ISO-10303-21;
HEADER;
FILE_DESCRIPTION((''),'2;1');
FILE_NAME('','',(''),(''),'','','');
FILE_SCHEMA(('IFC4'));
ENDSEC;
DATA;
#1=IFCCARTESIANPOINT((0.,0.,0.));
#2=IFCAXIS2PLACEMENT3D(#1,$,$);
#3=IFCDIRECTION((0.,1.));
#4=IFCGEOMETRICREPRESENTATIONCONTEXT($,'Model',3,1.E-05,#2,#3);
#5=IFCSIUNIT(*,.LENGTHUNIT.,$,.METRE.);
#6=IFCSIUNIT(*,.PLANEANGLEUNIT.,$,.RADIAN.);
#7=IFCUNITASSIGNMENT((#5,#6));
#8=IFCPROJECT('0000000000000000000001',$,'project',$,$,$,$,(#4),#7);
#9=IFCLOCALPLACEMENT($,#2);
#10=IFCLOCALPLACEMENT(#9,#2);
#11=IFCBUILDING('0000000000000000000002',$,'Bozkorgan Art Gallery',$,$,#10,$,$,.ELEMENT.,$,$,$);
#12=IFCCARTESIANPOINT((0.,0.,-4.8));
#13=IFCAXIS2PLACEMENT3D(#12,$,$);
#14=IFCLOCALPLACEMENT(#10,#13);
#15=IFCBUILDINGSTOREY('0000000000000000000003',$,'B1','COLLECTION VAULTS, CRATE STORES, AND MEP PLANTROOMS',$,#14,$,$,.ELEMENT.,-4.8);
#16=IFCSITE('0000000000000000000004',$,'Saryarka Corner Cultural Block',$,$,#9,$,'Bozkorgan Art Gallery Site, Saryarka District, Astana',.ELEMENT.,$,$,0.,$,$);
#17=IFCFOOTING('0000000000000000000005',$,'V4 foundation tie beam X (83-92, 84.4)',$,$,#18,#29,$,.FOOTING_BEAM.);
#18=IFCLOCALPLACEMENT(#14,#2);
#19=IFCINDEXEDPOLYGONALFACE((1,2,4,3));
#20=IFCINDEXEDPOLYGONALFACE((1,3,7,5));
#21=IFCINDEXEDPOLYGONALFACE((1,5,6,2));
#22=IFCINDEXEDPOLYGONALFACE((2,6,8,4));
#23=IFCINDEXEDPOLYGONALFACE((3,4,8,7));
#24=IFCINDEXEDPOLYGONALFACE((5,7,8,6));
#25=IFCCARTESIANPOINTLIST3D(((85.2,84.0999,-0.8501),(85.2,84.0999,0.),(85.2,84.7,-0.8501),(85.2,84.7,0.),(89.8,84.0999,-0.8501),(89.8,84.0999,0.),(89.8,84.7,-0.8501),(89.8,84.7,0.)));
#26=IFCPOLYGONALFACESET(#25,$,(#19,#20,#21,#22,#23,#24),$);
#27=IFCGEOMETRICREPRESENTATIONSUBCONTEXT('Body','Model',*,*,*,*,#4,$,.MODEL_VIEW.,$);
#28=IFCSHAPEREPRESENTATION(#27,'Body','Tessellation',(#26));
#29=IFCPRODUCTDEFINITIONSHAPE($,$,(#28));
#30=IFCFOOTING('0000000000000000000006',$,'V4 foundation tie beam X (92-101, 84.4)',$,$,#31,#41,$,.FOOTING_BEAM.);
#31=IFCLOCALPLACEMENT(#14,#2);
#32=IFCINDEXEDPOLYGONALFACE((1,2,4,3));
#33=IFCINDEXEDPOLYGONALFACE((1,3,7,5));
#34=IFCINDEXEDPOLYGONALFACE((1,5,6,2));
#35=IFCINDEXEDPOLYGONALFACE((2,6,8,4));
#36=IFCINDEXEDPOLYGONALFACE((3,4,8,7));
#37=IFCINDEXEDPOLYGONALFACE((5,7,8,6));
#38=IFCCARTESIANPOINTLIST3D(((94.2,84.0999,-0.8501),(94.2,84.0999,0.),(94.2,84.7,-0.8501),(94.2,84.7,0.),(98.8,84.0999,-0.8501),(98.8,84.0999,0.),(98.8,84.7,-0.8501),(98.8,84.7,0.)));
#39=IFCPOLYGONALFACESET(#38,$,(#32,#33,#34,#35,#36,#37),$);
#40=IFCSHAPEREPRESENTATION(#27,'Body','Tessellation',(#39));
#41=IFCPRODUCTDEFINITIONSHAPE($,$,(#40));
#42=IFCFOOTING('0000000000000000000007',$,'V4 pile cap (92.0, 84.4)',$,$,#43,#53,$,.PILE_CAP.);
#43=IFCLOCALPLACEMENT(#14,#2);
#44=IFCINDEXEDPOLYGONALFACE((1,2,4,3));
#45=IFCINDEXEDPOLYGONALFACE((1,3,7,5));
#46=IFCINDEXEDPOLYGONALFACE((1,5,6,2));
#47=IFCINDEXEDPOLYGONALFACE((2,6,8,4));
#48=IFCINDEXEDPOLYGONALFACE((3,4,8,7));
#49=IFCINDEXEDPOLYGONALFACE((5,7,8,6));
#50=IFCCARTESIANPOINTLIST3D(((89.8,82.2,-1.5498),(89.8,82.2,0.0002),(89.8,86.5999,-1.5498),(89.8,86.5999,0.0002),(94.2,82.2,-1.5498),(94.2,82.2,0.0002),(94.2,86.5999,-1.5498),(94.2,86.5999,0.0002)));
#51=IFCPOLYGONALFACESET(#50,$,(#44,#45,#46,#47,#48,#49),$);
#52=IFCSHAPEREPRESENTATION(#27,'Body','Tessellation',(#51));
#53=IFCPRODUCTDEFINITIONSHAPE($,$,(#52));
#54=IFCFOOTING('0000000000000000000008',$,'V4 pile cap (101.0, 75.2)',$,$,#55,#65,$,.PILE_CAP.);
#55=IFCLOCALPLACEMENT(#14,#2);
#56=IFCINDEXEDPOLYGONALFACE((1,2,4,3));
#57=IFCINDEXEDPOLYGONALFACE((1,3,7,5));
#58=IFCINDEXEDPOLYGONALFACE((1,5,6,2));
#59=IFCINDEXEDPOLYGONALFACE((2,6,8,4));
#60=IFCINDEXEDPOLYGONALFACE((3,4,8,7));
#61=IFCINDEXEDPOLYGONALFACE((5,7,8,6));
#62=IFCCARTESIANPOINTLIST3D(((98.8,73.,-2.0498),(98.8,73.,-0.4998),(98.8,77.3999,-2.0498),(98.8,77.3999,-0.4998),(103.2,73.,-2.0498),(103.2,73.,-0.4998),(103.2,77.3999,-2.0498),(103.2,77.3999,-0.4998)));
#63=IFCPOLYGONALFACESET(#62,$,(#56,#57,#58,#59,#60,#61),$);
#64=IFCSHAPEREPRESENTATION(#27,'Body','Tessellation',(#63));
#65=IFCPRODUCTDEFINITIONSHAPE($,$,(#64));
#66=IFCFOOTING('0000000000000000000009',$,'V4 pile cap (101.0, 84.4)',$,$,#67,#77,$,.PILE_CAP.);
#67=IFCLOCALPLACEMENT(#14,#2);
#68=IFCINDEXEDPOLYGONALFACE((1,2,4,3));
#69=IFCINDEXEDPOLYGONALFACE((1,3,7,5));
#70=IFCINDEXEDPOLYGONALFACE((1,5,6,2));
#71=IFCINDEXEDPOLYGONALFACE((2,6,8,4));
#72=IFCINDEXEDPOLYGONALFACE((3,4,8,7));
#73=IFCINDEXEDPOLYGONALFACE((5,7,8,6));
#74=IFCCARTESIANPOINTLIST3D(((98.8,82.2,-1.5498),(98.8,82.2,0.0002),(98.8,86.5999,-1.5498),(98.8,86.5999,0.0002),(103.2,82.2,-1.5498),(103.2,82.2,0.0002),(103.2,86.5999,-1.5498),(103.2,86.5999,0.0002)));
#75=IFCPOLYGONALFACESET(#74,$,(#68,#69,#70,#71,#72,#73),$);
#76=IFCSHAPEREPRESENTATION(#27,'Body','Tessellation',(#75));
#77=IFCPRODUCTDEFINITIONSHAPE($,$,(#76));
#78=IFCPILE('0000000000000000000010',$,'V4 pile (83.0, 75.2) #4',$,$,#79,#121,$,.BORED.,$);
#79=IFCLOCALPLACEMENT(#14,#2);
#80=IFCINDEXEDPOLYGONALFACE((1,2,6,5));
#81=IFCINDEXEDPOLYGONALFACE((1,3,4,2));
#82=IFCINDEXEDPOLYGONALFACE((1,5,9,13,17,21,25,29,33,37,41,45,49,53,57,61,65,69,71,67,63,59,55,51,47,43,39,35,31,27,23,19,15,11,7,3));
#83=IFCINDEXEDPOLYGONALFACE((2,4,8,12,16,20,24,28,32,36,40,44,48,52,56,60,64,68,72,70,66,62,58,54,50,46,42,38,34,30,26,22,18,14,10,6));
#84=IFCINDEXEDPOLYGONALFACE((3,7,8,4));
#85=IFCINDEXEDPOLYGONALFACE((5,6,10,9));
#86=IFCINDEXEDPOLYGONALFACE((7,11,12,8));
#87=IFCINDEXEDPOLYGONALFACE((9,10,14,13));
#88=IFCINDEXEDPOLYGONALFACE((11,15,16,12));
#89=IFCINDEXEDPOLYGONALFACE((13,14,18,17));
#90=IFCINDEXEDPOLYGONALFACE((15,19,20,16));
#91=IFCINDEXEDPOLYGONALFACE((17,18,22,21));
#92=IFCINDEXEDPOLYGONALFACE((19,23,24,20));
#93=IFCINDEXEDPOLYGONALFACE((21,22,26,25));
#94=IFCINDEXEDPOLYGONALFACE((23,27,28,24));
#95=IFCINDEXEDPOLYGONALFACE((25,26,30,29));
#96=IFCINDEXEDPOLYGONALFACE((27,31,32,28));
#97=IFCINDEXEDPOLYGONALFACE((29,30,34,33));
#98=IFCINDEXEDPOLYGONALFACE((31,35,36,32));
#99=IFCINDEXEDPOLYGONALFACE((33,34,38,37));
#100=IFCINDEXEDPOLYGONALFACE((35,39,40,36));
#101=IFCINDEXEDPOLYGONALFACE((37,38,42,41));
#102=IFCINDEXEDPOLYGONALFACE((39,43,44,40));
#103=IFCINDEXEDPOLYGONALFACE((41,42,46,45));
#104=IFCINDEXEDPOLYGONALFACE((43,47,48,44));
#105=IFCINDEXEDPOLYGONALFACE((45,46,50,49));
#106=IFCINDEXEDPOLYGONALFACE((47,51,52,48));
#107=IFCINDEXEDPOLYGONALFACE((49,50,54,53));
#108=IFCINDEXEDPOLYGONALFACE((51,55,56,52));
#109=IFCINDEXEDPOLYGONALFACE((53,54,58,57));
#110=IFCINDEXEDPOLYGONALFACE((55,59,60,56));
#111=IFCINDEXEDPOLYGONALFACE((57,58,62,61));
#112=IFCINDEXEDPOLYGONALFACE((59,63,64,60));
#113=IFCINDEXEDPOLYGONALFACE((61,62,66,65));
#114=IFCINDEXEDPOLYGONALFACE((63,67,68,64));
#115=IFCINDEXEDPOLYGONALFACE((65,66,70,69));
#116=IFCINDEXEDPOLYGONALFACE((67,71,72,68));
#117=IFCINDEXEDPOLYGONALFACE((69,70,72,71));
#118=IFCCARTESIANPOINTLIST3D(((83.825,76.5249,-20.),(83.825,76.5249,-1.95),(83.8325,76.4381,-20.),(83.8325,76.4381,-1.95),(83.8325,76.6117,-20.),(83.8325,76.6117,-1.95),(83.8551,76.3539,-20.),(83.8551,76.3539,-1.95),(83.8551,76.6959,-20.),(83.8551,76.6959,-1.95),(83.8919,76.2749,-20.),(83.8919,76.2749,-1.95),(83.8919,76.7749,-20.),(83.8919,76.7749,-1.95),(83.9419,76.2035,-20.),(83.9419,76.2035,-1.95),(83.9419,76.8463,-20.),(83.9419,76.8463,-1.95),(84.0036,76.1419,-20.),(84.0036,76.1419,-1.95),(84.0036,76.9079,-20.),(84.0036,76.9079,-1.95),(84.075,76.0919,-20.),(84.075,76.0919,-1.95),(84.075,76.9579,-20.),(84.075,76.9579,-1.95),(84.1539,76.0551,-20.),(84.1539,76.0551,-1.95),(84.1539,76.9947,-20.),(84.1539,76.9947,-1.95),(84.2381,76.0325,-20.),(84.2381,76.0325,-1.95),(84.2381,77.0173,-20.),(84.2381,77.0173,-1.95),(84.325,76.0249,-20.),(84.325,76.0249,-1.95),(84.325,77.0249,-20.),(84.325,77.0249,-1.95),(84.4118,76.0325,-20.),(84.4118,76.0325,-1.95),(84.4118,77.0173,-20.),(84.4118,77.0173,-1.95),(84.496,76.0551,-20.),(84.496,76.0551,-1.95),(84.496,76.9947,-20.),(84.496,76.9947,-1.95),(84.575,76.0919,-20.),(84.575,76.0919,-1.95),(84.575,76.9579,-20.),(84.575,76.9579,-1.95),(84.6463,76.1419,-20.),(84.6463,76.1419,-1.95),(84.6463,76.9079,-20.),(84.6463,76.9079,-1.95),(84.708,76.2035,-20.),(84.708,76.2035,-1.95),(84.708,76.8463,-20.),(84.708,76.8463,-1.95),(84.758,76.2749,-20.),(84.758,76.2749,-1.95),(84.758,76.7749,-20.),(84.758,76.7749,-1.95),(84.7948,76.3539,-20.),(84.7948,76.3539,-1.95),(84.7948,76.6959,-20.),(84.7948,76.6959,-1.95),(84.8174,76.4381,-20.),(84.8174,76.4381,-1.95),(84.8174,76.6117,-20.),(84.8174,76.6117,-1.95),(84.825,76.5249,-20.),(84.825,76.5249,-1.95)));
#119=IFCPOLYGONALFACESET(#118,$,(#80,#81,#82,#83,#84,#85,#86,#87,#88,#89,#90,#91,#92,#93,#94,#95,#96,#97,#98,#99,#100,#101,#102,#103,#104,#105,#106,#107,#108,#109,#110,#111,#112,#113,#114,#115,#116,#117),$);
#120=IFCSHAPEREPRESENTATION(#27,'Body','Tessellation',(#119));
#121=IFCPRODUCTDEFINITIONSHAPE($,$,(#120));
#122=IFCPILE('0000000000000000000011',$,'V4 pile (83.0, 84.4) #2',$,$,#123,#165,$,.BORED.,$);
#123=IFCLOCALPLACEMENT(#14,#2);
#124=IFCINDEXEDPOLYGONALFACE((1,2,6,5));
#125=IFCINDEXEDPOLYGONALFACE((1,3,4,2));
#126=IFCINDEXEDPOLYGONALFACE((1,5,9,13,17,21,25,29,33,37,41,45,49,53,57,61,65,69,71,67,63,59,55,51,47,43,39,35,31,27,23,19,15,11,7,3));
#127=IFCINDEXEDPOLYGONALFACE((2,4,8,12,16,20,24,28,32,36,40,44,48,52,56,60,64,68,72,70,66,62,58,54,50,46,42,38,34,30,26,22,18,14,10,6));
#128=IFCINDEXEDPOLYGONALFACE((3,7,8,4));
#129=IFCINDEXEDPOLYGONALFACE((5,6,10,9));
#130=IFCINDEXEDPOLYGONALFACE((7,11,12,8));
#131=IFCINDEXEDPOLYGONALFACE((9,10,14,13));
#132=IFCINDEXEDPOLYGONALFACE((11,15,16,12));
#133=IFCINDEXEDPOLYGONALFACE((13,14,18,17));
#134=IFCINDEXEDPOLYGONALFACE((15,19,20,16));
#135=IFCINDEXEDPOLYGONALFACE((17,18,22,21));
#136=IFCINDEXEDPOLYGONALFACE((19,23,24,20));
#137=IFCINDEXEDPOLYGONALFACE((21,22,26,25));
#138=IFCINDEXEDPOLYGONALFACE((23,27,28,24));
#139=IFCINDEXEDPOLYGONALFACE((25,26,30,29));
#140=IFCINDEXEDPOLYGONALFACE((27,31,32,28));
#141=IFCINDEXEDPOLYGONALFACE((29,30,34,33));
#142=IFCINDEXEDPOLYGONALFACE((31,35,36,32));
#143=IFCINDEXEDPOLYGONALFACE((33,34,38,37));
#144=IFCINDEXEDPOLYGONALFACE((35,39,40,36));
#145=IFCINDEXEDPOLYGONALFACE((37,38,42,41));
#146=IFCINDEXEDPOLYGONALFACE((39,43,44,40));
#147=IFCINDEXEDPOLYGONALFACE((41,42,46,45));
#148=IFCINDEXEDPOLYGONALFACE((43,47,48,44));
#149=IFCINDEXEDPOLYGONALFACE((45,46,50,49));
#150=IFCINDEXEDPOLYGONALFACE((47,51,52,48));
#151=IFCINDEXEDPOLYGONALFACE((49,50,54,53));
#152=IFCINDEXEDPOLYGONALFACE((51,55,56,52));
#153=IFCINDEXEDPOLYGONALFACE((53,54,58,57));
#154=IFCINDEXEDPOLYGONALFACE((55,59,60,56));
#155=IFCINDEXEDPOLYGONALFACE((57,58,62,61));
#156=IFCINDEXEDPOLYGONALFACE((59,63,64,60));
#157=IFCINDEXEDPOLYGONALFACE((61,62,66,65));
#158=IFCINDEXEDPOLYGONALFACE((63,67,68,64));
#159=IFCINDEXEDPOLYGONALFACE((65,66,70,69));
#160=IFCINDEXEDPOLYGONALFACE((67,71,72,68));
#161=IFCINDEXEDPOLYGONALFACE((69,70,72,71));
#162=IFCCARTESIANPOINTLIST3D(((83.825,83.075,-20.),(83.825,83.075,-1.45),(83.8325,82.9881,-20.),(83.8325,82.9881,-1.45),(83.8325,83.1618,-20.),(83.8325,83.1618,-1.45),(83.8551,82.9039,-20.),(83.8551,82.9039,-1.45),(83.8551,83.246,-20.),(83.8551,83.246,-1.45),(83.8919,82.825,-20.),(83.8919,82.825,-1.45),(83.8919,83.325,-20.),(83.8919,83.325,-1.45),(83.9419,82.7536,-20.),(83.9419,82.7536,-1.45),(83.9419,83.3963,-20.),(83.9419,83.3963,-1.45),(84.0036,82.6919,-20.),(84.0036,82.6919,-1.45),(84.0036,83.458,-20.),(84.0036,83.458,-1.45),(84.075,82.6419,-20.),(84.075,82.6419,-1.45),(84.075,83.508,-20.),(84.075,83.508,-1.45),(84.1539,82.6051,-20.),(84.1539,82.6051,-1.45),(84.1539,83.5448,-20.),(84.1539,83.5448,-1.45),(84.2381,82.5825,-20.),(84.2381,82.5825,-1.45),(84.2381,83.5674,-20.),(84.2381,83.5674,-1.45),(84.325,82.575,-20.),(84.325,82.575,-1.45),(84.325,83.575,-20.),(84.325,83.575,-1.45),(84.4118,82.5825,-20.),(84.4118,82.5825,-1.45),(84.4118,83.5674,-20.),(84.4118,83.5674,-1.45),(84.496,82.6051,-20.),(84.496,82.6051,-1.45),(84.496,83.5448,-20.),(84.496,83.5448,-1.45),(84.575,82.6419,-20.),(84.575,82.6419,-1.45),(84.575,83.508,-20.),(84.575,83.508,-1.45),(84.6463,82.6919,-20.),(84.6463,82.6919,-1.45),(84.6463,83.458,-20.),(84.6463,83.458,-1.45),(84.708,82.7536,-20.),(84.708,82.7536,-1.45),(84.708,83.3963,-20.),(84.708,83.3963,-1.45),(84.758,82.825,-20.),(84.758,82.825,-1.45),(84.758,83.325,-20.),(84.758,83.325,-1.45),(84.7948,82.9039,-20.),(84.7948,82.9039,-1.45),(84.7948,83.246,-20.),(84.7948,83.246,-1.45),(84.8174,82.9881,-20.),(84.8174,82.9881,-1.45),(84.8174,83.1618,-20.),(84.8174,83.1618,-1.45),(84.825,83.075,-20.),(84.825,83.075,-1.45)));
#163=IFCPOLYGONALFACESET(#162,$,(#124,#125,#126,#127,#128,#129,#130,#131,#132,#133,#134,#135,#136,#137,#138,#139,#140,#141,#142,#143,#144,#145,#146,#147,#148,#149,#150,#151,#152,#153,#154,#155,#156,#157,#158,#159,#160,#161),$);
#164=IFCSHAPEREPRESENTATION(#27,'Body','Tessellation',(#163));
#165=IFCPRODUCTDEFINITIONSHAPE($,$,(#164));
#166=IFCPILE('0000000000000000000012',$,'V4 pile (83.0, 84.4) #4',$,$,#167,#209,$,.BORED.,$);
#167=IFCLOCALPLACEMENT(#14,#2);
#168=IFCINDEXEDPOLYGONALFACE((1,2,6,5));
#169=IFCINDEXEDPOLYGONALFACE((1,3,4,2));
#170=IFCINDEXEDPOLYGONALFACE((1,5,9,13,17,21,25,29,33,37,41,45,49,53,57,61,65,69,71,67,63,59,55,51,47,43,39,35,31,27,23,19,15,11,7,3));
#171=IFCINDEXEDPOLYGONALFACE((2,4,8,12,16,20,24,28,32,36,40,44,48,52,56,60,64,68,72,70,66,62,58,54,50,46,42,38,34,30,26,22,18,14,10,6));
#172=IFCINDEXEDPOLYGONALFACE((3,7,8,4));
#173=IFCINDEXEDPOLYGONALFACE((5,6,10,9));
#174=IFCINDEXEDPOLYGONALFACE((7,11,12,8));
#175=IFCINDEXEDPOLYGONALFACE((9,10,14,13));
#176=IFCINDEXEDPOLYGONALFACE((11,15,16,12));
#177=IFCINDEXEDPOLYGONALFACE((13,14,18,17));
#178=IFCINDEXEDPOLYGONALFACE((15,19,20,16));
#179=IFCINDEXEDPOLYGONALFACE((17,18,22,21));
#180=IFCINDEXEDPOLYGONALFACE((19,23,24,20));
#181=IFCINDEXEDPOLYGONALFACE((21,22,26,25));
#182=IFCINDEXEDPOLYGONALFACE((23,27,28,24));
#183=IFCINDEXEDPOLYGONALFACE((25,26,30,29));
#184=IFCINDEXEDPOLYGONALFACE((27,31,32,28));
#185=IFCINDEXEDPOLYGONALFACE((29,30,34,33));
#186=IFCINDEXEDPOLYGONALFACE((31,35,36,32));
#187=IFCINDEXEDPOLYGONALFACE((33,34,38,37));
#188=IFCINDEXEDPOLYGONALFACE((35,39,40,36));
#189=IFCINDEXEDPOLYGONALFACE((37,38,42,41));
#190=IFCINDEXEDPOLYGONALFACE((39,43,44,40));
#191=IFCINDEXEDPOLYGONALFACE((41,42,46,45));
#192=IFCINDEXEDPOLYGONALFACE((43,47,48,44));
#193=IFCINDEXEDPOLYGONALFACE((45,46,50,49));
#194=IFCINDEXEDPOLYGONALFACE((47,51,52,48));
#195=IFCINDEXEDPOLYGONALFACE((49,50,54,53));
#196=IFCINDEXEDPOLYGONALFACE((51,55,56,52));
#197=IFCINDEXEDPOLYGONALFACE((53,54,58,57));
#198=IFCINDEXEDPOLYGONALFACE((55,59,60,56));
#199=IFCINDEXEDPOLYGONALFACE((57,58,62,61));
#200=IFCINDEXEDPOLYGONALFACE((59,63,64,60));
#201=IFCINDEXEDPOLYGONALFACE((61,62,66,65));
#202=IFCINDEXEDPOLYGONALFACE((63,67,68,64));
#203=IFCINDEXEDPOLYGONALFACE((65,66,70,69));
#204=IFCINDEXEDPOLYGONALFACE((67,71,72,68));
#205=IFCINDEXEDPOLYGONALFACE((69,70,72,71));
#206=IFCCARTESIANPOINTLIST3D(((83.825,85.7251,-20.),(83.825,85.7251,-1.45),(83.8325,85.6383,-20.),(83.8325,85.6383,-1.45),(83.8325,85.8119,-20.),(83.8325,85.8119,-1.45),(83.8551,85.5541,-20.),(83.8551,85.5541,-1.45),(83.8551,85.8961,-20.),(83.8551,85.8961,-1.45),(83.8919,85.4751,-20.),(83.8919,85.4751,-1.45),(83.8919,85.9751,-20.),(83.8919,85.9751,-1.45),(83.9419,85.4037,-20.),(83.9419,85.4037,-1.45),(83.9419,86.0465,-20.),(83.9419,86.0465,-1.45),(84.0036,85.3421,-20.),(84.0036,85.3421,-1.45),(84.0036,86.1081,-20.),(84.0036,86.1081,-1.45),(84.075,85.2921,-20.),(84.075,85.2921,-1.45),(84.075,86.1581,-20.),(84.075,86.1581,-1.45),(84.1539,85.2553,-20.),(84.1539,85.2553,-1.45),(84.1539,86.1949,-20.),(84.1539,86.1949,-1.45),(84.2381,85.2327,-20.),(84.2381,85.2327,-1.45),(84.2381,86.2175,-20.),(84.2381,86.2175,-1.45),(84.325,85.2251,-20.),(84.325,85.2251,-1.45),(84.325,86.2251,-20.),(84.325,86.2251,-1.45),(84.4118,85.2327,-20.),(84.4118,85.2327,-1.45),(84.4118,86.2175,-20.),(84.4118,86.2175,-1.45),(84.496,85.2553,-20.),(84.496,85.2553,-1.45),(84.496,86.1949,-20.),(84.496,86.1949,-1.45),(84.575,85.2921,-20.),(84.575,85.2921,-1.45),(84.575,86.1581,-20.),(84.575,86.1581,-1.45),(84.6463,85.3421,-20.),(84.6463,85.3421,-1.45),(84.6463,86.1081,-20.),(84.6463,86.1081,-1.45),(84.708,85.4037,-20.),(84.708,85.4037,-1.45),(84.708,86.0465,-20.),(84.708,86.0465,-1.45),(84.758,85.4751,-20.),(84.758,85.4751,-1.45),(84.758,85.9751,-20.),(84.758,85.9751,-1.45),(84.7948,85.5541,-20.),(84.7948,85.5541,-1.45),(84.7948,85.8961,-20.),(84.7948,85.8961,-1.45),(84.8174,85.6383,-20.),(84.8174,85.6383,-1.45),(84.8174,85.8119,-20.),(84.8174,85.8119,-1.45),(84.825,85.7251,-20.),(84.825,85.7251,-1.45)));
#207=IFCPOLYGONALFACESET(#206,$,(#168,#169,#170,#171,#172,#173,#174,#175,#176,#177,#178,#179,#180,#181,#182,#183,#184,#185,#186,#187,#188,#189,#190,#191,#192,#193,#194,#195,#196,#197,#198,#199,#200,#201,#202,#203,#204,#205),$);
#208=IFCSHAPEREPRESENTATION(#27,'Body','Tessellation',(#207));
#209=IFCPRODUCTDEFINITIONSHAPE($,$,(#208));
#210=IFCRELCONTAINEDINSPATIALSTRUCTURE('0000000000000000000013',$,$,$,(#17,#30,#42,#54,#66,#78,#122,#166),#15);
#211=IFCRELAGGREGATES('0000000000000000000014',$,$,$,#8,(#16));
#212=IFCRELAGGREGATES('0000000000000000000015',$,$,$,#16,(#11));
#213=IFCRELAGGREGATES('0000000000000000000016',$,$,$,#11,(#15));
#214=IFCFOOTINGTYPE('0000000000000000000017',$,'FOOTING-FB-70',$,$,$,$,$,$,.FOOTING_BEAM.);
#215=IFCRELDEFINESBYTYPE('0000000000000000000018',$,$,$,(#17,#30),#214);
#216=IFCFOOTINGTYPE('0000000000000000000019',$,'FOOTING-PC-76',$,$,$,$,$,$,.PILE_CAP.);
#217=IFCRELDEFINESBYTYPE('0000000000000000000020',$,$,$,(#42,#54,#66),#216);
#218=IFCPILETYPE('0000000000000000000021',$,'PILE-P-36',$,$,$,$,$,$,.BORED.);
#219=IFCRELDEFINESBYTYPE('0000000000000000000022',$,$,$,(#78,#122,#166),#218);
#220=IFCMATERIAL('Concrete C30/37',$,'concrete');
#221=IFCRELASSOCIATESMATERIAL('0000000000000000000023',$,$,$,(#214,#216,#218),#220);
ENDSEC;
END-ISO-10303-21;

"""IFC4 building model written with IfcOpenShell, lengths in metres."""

from ifc_helpers import new_model, si_unit, direction, frame, origin, origin_2d, place, context, subcontext, project, spatial, rectangle, circle, extrude, material, material_profile, profile_set, type_object, element, save


model = new_model("IFC4")

# Units and contexts
model_context = context("Model", 3, precision=1e-05, world=origin(), true_north=direction((0.0, 1.0)))
body_context = subcontext(model_context, "Body", "Model", "MODEL_VIEW")
ifc_project = project(units=[si_unit("LENGTHUNIT", "METRE"), si_unit("PLANEANGLEUNIT", "RADIAN")], contexts=[model_context])

# Site, building, storey
site_placement = place(None, origin())
site = spatial("IfcSite", under=ifc_project, at=site_placement, Name="Saryarka Corner Cultural Block", LongName="Bozkorgan Art Gallery Site, Saryarka District, Astana", CompositionType="ELEMENT", RefElevation=0.0)
building_placement = place(site_placement, origin())
building = spatial("IfcBuilding", under=site, at=building_placement, Name="Bozkorgan Art Gallery", CompositionType="ELEMENT")
storey_placement = place(building_placement, frame((0.0, 0.0, -4.8)))
storey = spatial("IfcBuildingStorey", under=building, at=storey_placement, Name="B1", Description="COLLECTION VAULTS, CRATE STORES, AND MEP PLANTROOMS", CompositionType="ELEMENT", Elevation=-4.8)

# Footings
ifc_material_1 = material(Name="Concrete C30/37", Category="concrete")
ifc_material_profile_1 = material_profile(ifc_material_1, rectangle(XDim=0.6001, YDim=0.8501, at=origin_2d()), Name="FND 600x850")
ifc_profile_set_1 = profile_set([ifc_material_profile_1], Name="Concrete C30/37")
footing_type_1 = type_object("IfcFootingType", Name="FOOTING-FB-70", PredefinedType="FOOTING_BEAM", material=ifc_profile_set_1)
for number, where, z_axis, x_axis, name in (
    (1, (85.2, 84.3999, -0.425), (1.0, 0.0, 0.0), (0.0, 1.0, 0.0), "V4 foundation tie beam X (83-92, 84.4)"),
    (2, (94.2, 84.3999, -0.425), (1.0, 0.0, 0.0), (0.0, 1.0, 0.0), "V4 foundation tie beam X (92-101, 84.4)"),
):
    element("IfcFooting", number, at=place(storey_placement, frame(where, z_axis=z_axis, x_axis=x_axis)), inside=storey, type_object=footing_type_1, Name=name, PredefinedType="FOOTING_BEAM", context=body_context, shape_type="SweptSolid", body=[
        extrude(rectangle(XDim=0.6001, YDim=0.8501, at=origin_2d()), origin(), (0.0, 0.0, 1.0), 4.6001),
    ])
footing_type_2 = type_object("IfcFootingType", Name="FOOTING-PC-76", PredefinedType="PILE_CAP", material=ifc_material_1)
for number, where, z_axis, x_axis, name in (
    (3, (92.0, 84.3999, -1.5498), (0.0, 0.0, 1.0), (1.0, 0.0, 0.0), "V4 pile cap (92.0, 84.4)"),
    (4, (101.0, 75.2, -2.0498), (0.0, 0.0, 1.0), (1.0, 0.0, 0.0), "V4 pile cap (101.0, 75.2)"),
    (5, (101.0, 84.3999, -1.5498), (0.0, 0.0, 1.0), (1.0, 0.0, 0.0), "V4 pile cap (101.0, 84.4)"),
):
    element("IfcFooting", number, at=place(storey_placement, frame(where, z_axis=z_axis, x_axis=x_axis)), inside=storey, type_object=footing_type_2, Name=name, PredefinedType="PILE_CAP", context=body_context, shape_type="SweptSolid", body=[
        extrude(rectangle(XDim=4.3999, YDim=4.3999, at=origin_2d()), origin(), (0.0, 0.0, 1.0), 1.55),
    ])

# Piles
ifc_material_profile_2 = material_profile(ifc_material_1, circle(Radius=0.5, at=origin_2d()), Name="PILE D1000")
ifc_profile_set_2 = profile_set([ifc_material_profile_2], Name="Concrete C30/37")
pile_type = type_object("IfcPileType", Name="PILE-P-36", PredefinedType="BORED", material=ifc_profile_set_2)
pile_1_placement = place(storey_placement, frame((84.325, 76.5249, -1.95), z_axis=(0.0, 0.0, -1.0), x_axis=(1.0, 0.0, 0.0)))
element("IfcPile", 6, at=pile_1_placement, inside=storey, type_object=pile_type, Name="V4 pile (83.0, 75.2) #4", PredefinedType="BORED", context=body_context, shape_type="SweptSolid", body=[
    extrude(circle(Radius=0.5, at=origin_2d()), origin(), (0.0, 0.0, 1.0), 18.05),
])
for number, where, z_axis, x_axis, name in (
    (7, (84.325, 83.075, -1.45), (0.0, 0.0, -1.0), (1.0, 0.0, 0.0), "V4 pile (83.0, 84.4) #2"),
    (8, (84.325, 85.7251, -1.45), (0.0, 0.0, -1.0), (1.0, 0.0, 0.0), "V4 pile (83.0, 84.4) #4"),
):
    element("IfcPile", number, at=place(storey_placement, frame(where, z_axis=z_axis, x_axis=x_axis)), inside=storey, type_object=pile_type, Name=name, PredefinedType="BORED", context=body_context, shape_type="SweptSolid", body=[
        extrude(circle(Radius=0.5, at=origin_2d()), origin(), (0.0, 0.0, 1.0), 18.55),
    ])

save(model, "model.ifc")
